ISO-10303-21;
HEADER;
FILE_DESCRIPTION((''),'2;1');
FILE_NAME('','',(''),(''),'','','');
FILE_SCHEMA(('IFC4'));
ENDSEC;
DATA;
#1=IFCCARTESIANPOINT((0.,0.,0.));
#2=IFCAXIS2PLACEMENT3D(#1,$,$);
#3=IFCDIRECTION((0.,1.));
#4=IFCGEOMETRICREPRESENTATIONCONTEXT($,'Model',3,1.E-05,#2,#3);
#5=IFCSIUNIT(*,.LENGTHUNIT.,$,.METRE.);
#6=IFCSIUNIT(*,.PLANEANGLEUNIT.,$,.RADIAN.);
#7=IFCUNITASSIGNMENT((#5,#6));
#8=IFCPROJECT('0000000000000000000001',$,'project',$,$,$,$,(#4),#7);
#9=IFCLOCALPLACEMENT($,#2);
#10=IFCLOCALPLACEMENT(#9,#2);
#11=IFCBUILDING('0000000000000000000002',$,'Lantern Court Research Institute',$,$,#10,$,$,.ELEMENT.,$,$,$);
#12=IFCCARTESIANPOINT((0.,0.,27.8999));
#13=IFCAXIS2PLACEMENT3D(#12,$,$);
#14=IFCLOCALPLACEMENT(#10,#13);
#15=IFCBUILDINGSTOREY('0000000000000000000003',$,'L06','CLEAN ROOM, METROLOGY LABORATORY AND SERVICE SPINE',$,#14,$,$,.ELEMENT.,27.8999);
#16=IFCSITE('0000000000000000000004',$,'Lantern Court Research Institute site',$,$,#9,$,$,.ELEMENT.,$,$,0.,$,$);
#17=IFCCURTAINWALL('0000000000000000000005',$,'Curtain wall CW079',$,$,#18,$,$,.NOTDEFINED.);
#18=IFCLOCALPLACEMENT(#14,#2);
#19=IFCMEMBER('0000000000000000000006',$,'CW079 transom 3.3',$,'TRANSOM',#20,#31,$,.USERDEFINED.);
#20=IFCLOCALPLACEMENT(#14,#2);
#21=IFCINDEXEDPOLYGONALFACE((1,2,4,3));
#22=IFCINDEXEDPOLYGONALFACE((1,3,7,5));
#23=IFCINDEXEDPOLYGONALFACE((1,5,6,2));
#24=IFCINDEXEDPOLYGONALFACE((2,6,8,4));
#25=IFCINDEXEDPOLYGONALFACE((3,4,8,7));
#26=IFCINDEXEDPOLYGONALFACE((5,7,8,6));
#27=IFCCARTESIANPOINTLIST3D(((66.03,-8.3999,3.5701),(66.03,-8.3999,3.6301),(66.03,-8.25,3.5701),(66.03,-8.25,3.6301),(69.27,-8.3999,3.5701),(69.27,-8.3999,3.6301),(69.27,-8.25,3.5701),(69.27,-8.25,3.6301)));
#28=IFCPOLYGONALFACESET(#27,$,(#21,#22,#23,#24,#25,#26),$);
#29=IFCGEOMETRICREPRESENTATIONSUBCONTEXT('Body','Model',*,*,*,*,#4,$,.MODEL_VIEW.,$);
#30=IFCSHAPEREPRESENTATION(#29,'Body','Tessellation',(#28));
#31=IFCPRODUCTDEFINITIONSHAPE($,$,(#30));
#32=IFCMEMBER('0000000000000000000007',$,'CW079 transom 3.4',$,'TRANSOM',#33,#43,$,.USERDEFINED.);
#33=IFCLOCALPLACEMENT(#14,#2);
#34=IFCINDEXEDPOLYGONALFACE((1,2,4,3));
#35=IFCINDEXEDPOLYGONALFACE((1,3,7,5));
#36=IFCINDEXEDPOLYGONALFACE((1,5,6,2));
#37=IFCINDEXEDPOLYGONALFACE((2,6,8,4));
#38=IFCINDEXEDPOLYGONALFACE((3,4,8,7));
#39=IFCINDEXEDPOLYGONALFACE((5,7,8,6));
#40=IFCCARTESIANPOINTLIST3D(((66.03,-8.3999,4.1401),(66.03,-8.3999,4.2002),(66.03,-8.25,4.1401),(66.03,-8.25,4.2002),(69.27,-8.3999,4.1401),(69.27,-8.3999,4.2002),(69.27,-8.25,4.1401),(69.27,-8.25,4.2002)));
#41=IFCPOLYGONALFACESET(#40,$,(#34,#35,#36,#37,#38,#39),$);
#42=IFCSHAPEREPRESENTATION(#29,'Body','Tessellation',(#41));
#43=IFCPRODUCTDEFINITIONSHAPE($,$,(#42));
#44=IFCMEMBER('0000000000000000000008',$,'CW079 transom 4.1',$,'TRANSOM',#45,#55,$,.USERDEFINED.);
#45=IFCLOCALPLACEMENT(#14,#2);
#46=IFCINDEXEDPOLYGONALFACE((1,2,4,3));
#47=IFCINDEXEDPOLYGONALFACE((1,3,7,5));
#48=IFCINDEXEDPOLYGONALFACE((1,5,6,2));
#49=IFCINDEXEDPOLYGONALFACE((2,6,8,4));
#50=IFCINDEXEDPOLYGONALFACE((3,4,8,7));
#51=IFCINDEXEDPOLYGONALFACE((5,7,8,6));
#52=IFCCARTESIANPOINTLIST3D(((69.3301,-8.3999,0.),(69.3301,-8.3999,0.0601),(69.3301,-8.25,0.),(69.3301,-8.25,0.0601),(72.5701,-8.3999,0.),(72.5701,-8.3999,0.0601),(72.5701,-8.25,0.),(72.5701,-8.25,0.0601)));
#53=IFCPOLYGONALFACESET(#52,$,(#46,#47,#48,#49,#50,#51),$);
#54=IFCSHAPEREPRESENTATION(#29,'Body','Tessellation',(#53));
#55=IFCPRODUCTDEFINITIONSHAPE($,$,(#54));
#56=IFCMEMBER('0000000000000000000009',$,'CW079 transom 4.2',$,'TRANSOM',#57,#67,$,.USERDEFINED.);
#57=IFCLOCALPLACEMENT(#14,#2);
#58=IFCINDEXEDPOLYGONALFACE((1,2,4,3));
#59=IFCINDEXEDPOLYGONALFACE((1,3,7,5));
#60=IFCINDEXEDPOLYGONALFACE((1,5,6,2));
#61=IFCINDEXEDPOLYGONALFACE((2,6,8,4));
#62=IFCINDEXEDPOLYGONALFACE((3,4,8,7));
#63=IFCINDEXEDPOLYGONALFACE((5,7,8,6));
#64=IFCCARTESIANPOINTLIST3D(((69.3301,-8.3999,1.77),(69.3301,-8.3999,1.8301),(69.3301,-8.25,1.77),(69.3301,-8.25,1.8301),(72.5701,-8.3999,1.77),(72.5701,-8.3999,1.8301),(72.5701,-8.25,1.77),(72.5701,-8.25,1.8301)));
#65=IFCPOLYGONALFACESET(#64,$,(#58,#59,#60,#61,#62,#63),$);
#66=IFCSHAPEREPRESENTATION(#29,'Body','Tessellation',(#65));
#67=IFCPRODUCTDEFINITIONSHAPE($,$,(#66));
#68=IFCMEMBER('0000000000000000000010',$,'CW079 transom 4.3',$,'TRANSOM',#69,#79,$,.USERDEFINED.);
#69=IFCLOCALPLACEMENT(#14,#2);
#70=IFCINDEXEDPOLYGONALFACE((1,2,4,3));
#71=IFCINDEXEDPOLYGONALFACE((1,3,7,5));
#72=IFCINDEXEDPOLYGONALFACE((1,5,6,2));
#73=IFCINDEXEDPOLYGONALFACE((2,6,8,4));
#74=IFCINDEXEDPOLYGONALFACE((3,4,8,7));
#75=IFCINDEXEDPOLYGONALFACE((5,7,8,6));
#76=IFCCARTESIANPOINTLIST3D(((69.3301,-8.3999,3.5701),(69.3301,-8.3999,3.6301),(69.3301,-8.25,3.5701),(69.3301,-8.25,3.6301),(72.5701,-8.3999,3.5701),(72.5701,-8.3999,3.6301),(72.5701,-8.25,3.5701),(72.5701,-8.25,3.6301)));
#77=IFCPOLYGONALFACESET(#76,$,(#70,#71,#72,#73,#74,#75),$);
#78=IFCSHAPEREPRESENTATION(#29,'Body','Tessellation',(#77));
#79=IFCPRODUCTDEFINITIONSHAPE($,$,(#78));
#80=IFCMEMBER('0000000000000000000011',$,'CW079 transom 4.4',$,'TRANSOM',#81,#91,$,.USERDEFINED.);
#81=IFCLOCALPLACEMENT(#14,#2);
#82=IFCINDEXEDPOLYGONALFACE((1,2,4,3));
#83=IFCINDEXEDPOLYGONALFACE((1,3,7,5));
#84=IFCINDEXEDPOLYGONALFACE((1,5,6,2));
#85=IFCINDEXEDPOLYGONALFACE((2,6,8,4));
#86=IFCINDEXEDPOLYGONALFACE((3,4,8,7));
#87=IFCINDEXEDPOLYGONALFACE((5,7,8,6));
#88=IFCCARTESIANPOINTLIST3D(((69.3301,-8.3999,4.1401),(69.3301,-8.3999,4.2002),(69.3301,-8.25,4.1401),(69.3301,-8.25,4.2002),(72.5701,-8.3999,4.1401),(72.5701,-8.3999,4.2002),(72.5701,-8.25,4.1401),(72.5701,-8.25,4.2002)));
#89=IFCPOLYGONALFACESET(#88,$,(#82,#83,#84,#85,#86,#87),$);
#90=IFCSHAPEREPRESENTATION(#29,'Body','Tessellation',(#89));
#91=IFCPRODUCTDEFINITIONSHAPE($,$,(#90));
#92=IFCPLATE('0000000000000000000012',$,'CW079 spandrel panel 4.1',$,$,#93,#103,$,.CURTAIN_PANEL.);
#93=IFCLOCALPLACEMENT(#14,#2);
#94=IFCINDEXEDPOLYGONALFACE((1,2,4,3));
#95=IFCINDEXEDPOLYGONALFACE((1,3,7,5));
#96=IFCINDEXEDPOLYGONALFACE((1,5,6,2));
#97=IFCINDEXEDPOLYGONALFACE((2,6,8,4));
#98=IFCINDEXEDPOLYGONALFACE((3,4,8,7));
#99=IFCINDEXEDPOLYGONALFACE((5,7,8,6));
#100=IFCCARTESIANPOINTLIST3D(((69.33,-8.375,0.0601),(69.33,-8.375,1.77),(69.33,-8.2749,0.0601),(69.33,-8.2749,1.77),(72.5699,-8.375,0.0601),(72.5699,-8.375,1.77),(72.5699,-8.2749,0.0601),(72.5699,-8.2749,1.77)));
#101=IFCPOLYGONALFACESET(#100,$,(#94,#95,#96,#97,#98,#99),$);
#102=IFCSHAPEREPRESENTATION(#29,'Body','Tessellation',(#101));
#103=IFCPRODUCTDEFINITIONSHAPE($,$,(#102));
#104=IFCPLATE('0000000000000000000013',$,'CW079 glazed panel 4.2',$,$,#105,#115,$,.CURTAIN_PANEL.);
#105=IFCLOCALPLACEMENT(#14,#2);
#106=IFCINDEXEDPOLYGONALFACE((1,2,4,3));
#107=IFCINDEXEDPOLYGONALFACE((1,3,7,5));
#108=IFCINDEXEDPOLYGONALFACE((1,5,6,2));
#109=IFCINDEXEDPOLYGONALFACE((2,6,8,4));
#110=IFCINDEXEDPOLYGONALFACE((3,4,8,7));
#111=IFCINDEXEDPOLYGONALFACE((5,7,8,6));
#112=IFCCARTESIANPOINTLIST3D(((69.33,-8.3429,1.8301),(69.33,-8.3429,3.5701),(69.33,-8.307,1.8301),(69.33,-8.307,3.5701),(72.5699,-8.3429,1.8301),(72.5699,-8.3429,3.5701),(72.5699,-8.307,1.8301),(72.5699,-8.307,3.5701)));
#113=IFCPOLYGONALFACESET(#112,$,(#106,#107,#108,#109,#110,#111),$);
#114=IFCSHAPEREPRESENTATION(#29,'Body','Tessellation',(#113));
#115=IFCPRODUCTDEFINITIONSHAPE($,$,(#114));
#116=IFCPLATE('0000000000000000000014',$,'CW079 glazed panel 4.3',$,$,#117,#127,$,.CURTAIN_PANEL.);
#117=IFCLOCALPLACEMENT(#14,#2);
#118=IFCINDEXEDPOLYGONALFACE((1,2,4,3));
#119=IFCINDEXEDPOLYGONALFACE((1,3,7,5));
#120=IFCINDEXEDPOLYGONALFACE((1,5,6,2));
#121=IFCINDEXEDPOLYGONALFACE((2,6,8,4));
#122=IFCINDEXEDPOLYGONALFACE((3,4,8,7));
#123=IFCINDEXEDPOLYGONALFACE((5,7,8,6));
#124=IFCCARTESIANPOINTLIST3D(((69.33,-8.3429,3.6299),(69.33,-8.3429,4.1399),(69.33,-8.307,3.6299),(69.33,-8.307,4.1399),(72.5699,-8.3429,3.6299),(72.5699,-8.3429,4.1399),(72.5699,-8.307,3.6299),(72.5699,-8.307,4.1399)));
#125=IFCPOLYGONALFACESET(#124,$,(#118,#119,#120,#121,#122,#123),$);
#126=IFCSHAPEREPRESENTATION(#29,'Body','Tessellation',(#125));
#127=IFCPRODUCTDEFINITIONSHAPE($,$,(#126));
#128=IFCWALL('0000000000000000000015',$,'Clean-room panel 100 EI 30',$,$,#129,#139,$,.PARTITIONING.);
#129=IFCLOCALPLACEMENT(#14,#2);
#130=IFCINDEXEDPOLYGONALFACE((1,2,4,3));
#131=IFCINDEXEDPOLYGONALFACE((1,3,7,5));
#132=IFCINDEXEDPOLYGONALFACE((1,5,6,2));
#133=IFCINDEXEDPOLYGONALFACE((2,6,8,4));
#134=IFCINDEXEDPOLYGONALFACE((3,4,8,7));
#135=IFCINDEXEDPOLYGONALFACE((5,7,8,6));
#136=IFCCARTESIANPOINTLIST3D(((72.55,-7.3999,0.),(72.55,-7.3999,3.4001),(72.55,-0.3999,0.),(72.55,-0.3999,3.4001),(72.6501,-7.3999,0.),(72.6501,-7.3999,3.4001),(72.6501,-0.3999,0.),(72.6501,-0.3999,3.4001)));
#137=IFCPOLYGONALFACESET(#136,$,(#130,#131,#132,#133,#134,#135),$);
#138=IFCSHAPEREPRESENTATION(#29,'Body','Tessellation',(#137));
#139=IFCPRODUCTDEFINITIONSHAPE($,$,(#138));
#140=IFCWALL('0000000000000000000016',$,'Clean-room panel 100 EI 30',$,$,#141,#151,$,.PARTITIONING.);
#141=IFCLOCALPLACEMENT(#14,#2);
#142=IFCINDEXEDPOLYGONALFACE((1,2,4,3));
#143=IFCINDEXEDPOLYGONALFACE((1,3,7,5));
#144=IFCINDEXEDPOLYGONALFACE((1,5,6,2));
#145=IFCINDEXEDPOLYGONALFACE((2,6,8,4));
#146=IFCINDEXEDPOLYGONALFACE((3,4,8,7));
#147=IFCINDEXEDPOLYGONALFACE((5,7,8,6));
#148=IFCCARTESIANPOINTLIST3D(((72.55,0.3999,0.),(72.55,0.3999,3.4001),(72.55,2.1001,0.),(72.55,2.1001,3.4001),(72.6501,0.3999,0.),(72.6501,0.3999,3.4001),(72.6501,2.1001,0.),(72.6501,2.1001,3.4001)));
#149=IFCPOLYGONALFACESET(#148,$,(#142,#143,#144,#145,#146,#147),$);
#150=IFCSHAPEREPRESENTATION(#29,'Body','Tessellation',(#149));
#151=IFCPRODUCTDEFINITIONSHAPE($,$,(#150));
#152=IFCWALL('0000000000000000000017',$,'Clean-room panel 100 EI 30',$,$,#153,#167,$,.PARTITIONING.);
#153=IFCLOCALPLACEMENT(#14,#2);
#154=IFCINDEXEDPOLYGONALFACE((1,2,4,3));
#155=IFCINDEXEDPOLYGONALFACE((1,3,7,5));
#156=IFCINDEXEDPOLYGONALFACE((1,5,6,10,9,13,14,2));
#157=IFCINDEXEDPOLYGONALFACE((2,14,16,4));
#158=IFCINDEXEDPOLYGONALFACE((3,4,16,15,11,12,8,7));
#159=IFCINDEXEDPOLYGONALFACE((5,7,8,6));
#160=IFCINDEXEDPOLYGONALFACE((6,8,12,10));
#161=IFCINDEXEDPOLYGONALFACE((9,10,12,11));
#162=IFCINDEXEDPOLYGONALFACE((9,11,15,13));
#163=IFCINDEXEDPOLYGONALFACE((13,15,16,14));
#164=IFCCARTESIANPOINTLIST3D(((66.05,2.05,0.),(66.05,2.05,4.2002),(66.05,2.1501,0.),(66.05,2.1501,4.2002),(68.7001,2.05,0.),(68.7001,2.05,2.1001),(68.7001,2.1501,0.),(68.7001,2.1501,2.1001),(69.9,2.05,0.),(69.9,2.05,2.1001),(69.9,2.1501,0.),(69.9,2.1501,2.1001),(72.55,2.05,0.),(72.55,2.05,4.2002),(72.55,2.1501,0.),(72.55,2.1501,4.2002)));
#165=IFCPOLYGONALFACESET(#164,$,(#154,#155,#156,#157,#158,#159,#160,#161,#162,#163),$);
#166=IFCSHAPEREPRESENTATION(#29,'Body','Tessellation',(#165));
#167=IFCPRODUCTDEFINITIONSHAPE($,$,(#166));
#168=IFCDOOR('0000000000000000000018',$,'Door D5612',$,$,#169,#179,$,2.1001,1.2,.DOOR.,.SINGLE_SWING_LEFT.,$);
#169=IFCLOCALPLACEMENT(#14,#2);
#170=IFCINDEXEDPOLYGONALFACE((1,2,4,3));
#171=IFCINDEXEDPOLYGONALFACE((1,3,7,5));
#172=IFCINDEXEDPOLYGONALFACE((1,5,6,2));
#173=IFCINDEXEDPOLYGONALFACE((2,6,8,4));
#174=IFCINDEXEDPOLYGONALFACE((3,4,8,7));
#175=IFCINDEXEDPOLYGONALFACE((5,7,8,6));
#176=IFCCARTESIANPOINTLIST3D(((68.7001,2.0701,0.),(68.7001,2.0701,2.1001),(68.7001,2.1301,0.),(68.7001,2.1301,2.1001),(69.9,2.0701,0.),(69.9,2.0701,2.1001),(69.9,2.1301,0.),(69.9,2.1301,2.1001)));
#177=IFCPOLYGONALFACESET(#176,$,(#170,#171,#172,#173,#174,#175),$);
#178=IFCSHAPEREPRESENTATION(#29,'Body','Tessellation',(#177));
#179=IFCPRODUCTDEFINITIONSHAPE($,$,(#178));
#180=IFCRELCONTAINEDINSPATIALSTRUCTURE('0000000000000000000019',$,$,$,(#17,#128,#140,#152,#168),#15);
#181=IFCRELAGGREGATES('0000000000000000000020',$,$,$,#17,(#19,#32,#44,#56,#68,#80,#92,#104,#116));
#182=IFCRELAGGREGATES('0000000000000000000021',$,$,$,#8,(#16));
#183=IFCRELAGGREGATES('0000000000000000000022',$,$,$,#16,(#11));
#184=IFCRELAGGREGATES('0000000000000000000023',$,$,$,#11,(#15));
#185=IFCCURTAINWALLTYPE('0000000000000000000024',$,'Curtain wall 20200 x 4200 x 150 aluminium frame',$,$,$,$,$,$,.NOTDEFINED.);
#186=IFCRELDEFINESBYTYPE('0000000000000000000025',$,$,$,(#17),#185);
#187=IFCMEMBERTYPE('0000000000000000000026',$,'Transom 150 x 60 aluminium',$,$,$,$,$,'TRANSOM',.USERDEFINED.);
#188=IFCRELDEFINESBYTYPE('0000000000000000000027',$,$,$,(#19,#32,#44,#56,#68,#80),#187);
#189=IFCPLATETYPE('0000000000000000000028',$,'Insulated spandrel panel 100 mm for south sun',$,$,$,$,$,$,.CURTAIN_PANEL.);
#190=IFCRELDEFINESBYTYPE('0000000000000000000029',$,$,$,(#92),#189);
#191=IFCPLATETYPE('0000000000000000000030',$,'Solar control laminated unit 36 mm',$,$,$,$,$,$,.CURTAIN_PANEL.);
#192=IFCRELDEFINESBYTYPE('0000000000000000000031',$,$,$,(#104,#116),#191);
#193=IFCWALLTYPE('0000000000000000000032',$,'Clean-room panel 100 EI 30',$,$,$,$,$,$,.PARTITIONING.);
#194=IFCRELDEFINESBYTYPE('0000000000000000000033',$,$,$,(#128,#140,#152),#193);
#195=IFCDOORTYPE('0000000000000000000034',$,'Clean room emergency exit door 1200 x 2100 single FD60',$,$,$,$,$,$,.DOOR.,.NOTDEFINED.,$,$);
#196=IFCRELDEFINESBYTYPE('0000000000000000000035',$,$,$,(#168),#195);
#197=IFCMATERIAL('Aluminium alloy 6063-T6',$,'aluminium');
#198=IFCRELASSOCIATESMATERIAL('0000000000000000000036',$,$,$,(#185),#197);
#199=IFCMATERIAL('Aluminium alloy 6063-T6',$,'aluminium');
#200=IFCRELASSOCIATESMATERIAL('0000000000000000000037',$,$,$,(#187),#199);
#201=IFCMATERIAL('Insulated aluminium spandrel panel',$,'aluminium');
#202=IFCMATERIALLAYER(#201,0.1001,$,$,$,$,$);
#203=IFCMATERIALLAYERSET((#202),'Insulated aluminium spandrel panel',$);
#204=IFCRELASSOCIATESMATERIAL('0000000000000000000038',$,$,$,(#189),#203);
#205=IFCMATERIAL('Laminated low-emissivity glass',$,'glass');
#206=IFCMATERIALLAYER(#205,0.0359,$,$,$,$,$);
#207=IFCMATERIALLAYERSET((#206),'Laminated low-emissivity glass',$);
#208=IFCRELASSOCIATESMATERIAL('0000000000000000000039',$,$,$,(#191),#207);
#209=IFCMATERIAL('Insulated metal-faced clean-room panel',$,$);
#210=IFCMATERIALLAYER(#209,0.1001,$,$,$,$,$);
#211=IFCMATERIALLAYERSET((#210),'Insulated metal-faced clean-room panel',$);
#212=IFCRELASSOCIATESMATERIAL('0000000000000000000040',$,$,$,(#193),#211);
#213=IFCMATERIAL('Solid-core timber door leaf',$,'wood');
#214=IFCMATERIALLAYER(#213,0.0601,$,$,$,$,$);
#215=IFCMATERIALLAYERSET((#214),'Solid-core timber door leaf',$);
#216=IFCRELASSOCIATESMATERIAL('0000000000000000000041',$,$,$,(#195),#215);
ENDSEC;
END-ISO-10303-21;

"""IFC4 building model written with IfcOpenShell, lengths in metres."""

from ifc_helpers import new_model, si_unit, direction, frame, frame_2d, origin, origin_2d, place, context, subcontext, project, spatial, rectangle, extrude, material, layer, layer_set, material_profile, profile_set, type_object, element, fill, aggregate, save


model = new_model("IFC4")

# Units and contexts
model_context = context("Model", 3, precision=1e-05, world=origin(), true_north=direction((0.0, 1.0)))
body_context = subcontext(model_context, "Body", "Model", "MODEL_VIEW")
ifc_project = project(units=[si_unit("LENGTHUNIT", "METRE"), si_unit("PLANEANGLEUNIT", "RADIAN")], contexts=[model_context])

# Site, building, storey
site_placement = place(None, origin())
site = spatial("IfcSite", under=ifc_project, at=site_placement, Name="Lantern Court Research Institute site", CompositionType="ELEMENT", RefElevation=0.0)
building_placement = place(site_placement, origin())
building = spatial("IfcBuilding", under=site, at=building_placement, Name="Lantern Court Research Institute", CompositionType="ELEMENT")
storey_placement = place(building_placement, frame((0.0, 0.0, 27.8999)))
storey = spatial("IfcBuildingStorey", under=building, at=storey_placement, Name="L06", Description="CLEAN ROOM, METROLOGY LABORATORY AND SERVICE SPINE", CompositionType="ELEMENT", Elevation=27.8999)

# Curtain wall
ifc_material_1 = material(Name="Aluminium alloy 6063-T6", Category="aluminium")
curtain_wall_type = type_object("IfcCurtainWallType", Name="Curtain wall 20200 x 4200 x 150 aluminium frame", PredefinedType="NOTDEFINED", material=ifc_material_1)
curtain_wall_placement = place(storey_placement, origin())
curtain_wall = element("IfcCurtainWall", 1, at=curtain_wall_placement, inside=storey, type_object=curtain_wall_type, Name="Curtain wall CW079", PredefinedType="NOTDEFINED")

# Members
ifc_material_2 = material(Name="Aluminium alloy 6063-T6", Category="aluminium")
ifc_material_profile_1 = material_profile(ifc_material_2, rectangle(XDim=0.1499, YDim=0.0601, at=origin_2d()), Name="Transom 150 x 60")
ifc_profile_set_1 = profile_set([ifc_material_profile_1], Name="Aluminium alloy 6063-T6")
member_type_1 = type_object("IfcMemberType", Name="Transom 150 x 60 aluminium", ElementType="TRANSOM", PredefinedType="USERDEFINED", material=ifc_profile_set_1)
member_1_placement = place(storey_placement, frame((69.27, -8.325, 3.6001), z_axis=(-1.0, 0.0, 0.0), x_axis=(0.0, -1.0, 0.0)))
member_1 = element("IfcMember", 2, at=member_1_placement, type_object=member_type_1, Name="CW079 transom 3.3", ObjectType="TRANSOM", PredefinedType="USERDEFINED", context=body_context, shape_type="SweptSolid", body=[
    extrude(rectangle(XDim=0.1499, YDim=0.0601, at=origin_2d()), origin(), (0.0, 0.0, 1.0), 3.24),
])
member_2_placement = place(storey_placement, frame((69.27, -8.325, 4.1702), z_axis=(-1.0, 0.0, 0.0), x_axis=(0.0, -1.0, 0.0)))
member_2 = element("IfcMember", 3, at=member_2_placement, type_object=member_type_1, Name="CW079 transom 3.4", ObjectType="TRANSOM", PredefinedType="USERDEFINED", context=body_context, shape_type="SweptSolid", body=[
    extrude(rectangle(XDim=0.1499, YDim=0.0601, at=origin_2d()), origin(), (0.0, 0.0, 1.0), 3.24),
])
member_3_placement = place(storey_placement, frame((72.5701, -8.325, 0.03), z_axis=(-1.0, 0.0, 0.0), x_axis=(0.0, -1.0, 0.0)))
member_3 = element("IfcMember", 4, at=member_3_placement, type_object=member_type_1, Name="CW079 transom 4.1", ObjectType="TRANSOM", PredefinedType="USERDEFINED", context=body_context, shape_type="SweptSolid", body=[
    extrude(rectangle(XDim=0.1499, YDim=0.0601, at=origin_2d()), origin(), (0.0, 0.0, 1.0), 3.24),
])
member_4_placement = place(storey_placement, frame((72.5701, -8.325, 1.8), z_axis=(-1.0, 0.0, 0.0), x_axis=(0.0, -1.0, 0.0)))
member_4 = element("IfcMember", 5, at=member_4_placement, type_object=member_type_1, Name="CW079 transom 4.2", ObjectType="TRANSOM", PredefinedType="USERDEFINED", context=body_context, shape_type="SweptSolid", body=[
    extrude(rectangle(XDim=0.1499, YDim=0.0601, at=origin_2d()), origin(), (0.0, 0.0, 1.0), 3.24),
])
member_5_placement = place(storey_placement, frame((72.5701, -8.325, 3.6001), z_axis=(-1.0, 0.0, 0.0), x_axis=(0.0, -1.0, 0.0)))
member_5 = element("IfcMember", 6, at=member_5_placement, type_object=member_type_1, Name="CW079 transom 4.3", ObjectType="TRANSOM", PredefinedType="USERDEFINED", context=body_context, shape_type="SweptSolid", body=[
    extrude(rectangle(XDim=0.1499, YDim=0.0601, at=origin_2d()), origin(), (0.0, 0.0, 1.0), 3.24),
])
member_6_placement = place(storey_placement, frame((72.5701, -8.325, 4.1702), z_axis=(-1.0, 0.0, 0.0), x_axis=(0.0, -1.0, 0.0)))
member_6 = element("IfcMember", 7, at=member_6_placement, type_object=member_type_1, Name="CW079 transom 4.4", ObjectType="TRANSOM", PredefinedType="USERDEFINED", context=body_context, shape_type="SweptSolid", body=[
    extrude(rectangle(XDim=0.1499, YDim=0.0601, at=origin_2d()), origin(), (0.0, 0.0, 1.0), 3.24),
])

# Plates
ifc_material_3 = material(Name="Insulated aluminium spandrel panel", Category="aluminium")
ifc_layer_1 = layer(ifc_material_3, 0.1001)
ifc_layer_set_1 = layer_set([ifc_layer_1], Name="Insulated aluminium spandrel panel")
plate_type_1 = type_object("IfcPlateType", Name="Insulated spandrel panel 100 mm for south sun", PredefinedType="CURTAIN_PANEL", material=ifc_layer_set_1)
plate_1_placement = place(storey_placement, frame((70.95, -8.325, 0.0601), z_axis=(0.0, 0.0, 1.0), x_axis=(-1.0, 0.0, 0.0)))
plate_1 = element("IfcPlate", 8, at=plate_1_placement, type_object=plate_type_1, Name="CW079 spandrel panel 4.1", PredefinedType="CURTAIN_PANEL", context=body_context, shape_type="SweptSolid", body=[
    extrude(rectangle(XDim=3.24, YDim=0.1001, at=origin_2d()), origin(), (0.0, 0.0, 1.0), 1.71),
])
ifc_material_4 = material(Name="Laminated low-emissivity glass", Category="glass")
ifc_layer_2 = layer(ifc_material_4, 0.0359)
ifc_layer_set_2 = layer_set([ifc_layer_2], Name="Laminated low-emissivity glass")
plate_type_2 = type_object("IfcPlateType", Name="Solar control laminated unit 36 mm", PredefinedType="CURTAIN_PANEL", material=ifc_layer_set_2)
plate_2_placement = place(storey_placement, frame((70.95, -8.325, 1.8301), z_axis=(0.0, 0.0, 1.0), x_axis=(-1.0, 0.0, 0.0)))
plate_2 = element("IfcPlate", 9, at=plate_2_placement, type_object=plate_type_2, Name="CW079 glazed panel 4.2", PredefinedType="CURTAIN_PANEL", context=body_context, shape_type="SweptSolid", body=[
    extrude(rectangle(XDim=3.24, YDim=0.0359, at=origin_2d()), origin(), (0.0, 0.0, 1.0), 1.74),
])
plate_3_placement = place(storey_placement, frame((70.95, -8.325, 3.6299), z_axis=(0.0, 0.0, 1.0), x_axis=(-1.0, 0.0, 0.0)))
plate_3 = element("IfcPlate", 10, at=plate_3_placement, type_object=plate_type_2, Name="CW079 glazed panel 4.3", PredefinedType="CURTAIN_PANEL", context=body_context, shape_type="SweptSolid", body=[
    extrude(rectangle(XDim=3.24, YDim=0.0359, at=origin_2d()), origin(), (0.0, 0.0, 1.0), 0.51),
])
aggregate(curtain_wall, [member_1, member_2, member_3, member_4, member_5, member_6, plate_1, plate_2, plate_3])

# Walls
ifc_material_5 = material(Name="Insulated metal-faced clean-room panel")
ifc_layer_3 = layer(ifc_material_5, 0.1001)
ifc_layer_set_3 = layer_set([ifc_layer_3], Name="Insulated metal-faced clean-room panel")
wall_type_1 = type_object("IfcWallType", Name="Clean-room panel 100 EI 30", PredefinedType="PARTITIONING", material=ifc_layer_set_3)
wall_1_placement = place(storey_placement, frame((72.6001, -7.3999, 0.0), z_axis=(0.0, 0.0, 1.0), x_axis=(0.0, 1.0, 0.0)))
element("IfcWall", 11, at=wall_1_placement, inside=storey, type_object=wall_type_1, Name="Clean-room panel 100 EI 30", PredefinedType="PARTITIONING", context=body_context, shape_type="SweptSolid", body=[
    extrude(rectangle(XDim=7.0, YDim=0.1001, at=frame_2d((3.5, 0.0))), origin(), (0.0, 0.0, 1.0), 3.4001),
])
wall_2_placement = place(storey_placement, frame((72.6001, 0.3999, 0.0), z_axis=(0.0, 0.0, 1.0), x_axis=(0.0, 1.0, 0.0)))
element("IfcWall", 12, at=wall_2_placement, inside=storey, type_object=wall_type_1, Name="Clean-room panel 100 EI 30", PredefinedType="PARTITIONING", context=body_context, shape_type="SweptSolid", body=[
    extrude(rectangle(XDim=1.7002, YDim=0.1001, at=frame_2d((0.8501, 0.0))), origin(), (0.0, 0.0, 1.0), 3.4001),
])

# Wall, opening, door
wall_3_placement = place(storey_placement, frame((72.55, 2.1001, 0.0), z_axis=(0.0, 0.0, 1.0), x_axis=(-1.0, 0.0, 0.0)))
wall_3 = element("IfcWall", 13, at=wall_3_placement, inside=storey, type_object=wall_type_1, Name="Clean-room panel 100 EI 30", PredefinedType="PARTITIONING", context=body_context, shape_type="SweptSolid", body=[
    extrude(rectangle(XDim=6.5, YDim=0.1001, at=frame_2d((3.25, 0.0))), origin(), (0.0, 0.0, 1.0), 4.2002),
])
opening_placement = place(wall_3_placement, frame((2.6499, 0.0, 0.0)))
opening = element("IfcOpeningElement", 14, at=opening_placement, cuts=wall_3, PredefinedType="OPENING", context=body_context, shape_type="SweptSolid", body=[
    extrude(rectangle(XDim=1.2, YDim=2.1001, at=frame_2d((0.6001, 1.05))), frame((0.0, 0.0601, 0.0), z_axis=(0.0, -1.0, 0.0), x_axis=(1.0, 0.0, 0.0)), (0.0, 0.0, 1.0), 0.1201),
])
ifc_material_6 = material(Name="Solid-core timber door leaf", Category="wood")
ifc_layer_4 = layer(ifc_material_6, 0.0601)
ifc_layer_set_4 = layer_set([ifc_layer_4], Name="Solid-core timber door leaf")
door_type = type_object("IfcDoorType", Name="Clean room emergency exit door 1200 x 2100 single FD60", OperationType="NOTDEFINED", PredefinedType="DOOR", material=ifc_layer_set_4)
door_placement = place(opening_placement, origin())
door = element("IfcDoor", 15, at=door_placement, inside=storey, type_object=door_type, Name="Door D5612", OperationType="SINGLE_SWING_LEFT", OverallHeight=2.1001, OverallWidth=1.2, PredefinedType="DOOR", context=body_context, shape_type="SweptSolid", body=[
    extrude(rectangle(XDim=1.2, YDim=2.1001, at=frame_2d((0.6001, 1.05))), frame((0.0, 0.03, 0.0), z_axis=(0.0, -1.0, 0.0), x_axis=(1.0, 0.0, 0.0)), (0.0, 0.0, 1.0), 0.0601),
])
fill(opening, door)

save(model, "model.ifc")
